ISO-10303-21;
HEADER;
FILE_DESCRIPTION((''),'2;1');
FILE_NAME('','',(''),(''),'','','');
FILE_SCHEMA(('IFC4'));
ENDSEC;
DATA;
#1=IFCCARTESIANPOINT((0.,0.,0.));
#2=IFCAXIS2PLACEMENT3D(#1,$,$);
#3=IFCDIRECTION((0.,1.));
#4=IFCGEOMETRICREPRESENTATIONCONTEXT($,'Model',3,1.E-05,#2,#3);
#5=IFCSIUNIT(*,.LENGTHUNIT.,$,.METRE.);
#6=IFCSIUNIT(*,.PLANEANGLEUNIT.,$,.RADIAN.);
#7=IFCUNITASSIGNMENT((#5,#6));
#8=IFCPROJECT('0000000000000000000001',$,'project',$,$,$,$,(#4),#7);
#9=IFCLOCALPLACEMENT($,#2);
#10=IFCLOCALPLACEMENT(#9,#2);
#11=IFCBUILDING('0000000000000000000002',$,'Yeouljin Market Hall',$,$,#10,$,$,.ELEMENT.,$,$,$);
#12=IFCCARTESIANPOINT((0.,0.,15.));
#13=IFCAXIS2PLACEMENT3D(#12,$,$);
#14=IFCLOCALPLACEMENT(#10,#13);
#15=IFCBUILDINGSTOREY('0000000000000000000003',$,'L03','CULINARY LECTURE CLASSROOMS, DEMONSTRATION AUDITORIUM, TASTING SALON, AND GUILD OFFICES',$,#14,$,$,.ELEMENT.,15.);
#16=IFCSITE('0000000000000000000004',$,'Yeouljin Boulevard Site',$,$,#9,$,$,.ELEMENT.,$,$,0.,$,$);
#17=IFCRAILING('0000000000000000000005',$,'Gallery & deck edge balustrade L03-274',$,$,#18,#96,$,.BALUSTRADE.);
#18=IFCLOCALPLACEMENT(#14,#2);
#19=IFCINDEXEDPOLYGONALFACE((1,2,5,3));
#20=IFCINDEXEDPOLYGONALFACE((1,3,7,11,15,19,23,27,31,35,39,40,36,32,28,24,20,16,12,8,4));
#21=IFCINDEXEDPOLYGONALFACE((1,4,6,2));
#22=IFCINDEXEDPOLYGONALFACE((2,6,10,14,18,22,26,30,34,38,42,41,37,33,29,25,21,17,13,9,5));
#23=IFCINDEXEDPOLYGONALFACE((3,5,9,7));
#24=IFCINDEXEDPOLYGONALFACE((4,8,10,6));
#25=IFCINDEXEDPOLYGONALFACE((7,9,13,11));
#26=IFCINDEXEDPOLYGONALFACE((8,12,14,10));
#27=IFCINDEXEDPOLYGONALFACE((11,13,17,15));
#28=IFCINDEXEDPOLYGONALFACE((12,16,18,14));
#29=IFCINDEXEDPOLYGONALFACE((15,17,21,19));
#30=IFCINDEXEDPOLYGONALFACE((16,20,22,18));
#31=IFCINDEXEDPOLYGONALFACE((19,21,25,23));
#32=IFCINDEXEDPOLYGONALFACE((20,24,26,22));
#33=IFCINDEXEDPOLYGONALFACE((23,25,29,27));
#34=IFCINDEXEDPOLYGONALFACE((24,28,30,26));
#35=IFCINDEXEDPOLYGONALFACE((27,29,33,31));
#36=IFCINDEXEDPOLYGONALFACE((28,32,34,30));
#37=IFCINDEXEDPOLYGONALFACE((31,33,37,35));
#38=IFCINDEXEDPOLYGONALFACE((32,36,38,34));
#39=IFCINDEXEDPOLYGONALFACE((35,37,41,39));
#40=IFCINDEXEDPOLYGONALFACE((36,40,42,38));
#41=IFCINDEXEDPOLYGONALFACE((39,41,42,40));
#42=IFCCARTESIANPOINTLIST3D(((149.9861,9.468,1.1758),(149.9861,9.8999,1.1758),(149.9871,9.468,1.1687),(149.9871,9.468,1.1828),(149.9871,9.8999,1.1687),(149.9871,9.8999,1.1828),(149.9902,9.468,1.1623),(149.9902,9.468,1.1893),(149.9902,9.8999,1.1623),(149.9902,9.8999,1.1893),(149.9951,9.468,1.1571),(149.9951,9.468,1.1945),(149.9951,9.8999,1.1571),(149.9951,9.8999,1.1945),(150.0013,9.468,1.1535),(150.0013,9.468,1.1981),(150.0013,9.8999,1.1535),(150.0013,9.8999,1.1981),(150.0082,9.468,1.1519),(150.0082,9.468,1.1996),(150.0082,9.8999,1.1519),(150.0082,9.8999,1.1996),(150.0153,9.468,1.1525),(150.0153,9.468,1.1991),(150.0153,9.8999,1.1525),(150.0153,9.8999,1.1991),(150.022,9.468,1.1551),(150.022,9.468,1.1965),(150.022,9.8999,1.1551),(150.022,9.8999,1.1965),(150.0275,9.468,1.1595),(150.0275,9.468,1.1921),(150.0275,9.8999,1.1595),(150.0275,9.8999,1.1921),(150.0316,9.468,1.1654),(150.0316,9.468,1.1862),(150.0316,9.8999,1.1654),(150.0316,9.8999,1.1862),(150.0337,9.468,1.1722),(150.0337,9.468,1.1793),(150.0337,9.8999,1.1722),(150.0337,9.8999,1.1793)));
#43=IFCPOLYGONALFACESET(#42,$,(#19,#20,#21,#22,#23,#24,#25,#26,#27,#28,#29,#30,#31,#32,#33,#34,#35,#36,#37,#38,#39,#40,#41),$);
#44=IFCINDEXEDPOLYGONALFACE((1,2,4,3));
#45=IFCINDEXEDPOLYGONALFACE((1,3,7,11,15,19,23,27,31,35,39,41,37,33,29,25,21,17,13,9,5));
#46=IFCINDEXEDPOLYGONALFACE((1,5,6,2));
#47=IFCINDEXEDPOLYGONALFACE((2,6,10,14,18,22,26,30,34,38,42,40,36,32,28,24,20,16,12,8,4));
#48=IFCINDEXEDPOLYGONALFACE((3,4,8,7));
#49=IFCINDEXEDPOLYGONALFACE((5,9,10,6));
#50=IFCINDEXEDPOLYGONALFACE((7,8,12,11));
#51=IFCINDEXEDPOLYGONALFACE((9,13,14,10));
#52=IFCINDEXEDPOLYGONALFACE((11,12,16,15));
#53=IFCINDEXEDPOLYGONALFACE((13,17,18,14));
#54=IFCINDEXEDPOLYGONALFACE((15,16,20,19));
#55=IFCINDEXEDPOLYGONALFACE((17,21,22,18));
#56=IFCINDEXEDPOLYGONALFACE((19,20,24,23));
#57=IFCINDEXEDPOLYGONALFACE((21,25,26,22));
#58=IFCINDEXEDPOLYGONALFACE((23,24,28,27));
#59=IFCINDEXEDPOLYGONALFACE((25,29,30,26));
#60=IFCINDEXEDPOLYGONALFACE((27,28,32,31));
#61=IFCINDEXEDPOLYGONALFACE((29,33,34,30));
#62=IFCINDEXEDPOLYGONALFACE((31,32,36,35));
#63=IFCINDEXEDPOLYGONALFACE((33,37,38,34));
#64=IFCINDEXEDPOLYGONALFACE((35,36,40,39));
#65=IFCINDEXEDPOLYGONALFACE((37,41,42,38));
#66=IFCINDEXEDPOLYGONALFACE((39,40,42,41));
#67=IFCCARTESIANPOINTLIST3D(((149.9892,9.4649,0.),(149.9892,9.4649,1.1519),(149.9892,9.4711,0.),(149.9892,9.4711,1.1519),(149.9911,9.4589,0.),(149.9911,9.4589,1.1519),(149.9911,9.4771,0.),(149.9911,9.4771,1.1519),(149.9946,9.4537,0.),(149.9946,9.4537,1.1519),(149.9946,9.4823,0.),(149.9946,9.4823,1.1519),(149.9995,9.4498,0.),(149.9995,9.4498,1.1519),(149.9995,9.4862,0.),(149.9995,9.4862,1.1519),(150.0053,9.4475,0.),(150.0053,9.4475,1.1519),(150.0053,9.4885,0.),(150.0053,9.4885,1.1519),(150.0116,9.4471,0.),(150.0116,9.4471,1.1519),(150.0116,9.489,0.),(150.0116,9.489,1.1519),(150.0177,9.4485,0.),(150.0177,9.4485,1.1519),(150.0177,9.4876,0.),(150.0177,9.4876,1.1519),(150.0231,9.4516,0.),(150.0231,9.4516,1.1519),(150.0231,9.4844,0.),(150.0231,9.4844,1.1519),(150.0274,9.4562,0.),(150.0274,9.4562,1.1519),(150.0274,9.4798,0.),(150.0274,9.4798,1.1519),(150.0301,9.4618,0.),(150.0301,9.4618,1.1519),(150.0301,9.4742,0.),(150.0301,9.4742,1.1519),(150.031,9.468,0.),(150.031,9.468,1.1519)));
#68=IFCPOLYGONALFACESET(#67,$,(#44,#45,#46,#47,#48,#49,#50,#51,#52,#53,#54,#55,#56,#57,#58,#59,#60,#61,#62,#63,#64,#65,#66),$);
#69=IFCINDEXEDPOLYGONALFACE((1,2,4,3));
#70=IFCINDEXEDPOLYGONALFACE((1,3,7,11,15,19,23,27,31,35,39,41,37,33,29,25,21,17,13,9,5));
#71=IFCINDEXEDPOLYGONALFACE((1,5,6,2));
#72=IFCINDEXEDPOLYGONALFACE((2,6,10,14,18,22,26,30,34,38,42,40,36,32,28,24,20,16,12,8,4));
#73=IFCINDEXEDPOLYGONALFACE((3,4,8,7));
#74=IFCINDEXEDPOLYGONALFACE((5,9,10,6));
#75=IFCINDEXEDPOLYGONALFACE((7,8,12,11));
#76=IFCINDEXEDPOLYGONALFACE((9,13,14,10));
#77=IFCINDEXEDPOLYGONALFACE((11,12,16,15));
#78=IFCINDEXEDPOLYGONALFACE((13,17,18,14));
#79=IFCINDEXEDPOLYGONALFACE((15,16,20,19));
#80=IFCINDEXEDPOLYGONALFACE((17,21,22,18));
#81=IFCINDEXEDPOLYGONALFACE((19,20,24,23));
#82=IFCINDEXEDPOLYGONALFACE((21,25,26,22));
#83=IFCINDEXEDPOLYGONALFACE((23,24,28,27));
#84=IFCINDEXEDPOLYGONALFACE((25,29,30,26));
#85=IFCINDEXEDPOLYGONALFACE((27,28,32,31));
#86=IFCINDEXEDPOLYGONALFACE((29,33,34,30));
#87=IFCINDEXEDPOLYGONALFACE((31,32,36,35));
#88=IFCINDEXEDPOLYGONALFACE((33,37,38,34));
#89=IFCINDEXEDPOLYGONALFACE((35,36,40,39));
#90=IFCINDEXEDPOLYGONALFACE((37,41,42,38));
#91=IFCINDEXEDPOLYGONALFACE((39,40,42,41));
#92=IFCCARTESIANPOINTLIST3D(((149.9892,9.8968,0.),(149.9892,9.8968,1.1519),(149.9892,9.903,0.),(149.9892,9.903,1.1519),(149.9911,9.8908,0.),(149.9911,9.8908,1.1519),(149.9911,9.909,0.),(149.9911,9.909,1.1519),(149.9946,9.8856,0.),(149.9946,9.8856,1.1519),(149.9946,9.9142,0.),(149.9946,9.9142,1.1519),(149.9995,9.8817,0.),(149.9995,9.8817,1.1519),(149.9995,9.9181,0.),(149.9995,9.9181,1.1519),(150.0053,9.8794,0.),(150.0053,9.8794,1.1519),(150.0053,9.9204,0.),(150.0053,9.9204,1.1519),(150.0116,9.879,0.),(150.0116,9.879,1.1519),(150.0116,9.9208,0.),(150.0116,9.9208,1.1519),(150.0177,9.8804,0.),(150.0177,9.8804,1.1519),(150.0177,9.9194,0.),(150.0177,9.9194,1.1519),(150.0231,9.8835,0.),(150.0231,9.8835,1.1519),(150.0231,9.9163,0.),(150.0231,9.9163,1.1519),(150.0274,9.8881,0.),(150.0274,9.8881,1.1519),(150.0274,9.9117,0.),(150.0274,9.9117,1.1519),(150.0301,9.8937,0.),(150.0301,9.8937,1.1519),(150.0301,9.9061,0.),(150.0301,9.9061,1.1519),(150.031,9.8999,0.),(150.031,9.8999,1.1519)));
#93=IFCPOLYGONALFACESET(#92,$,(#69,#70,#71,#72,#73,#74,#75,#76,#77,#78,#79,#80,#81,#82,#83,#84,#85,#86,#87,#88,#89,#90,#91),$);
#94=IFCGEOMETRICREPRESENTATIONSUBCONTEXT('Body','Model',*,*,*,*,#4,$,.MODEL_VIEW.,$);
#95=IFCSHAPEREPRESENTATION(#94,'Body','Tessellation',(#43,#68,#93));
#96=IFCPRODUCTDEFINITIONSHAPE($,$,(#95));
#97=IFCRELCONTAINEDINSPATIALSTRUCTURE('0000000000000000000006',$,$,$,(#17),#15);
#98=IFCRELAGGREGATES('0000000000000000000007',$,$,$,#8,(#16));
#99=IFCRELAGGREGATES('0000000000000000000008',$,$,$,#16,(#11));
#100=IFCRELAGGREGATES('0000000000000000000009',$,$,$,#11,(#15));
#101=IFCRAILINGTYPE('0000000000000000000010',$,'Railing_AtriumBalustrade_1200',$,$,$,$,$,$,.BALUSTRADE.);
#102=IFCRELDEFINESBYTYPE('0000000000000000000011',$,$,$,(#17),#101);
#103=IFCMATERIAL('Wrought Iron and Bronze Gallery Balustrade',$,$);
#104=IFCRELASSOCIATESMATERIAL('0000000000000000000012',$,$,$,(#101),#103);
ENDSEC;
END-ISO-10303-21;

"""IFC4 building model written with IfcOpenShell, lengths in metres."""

from ifc_helpers import new_model, si_unit, direction, frame, origin, origin_2d, place, context, subcontext, project, spatial, circle, extrude, material, type_object, element, save


model = new_model("IFC4")

# Units and contexts
model_context = context("Model", 3, precision=1e-05, world=origin(), true_north=direction((0.0, 1.0)))
body_context = subcontext(model_context, "Body", "Model", "MODEL_VIEW")
ifc_project = project(units=[si_unit("LENGTHUNIT", "METRE"), si_unit("PLANEANGLEUNIT", "RADIAN")], contexts=[model_context])

# Site, building, storey
site_placement = place(None, origin())
site = spatial("IfcSite", under=ifc_project, at=site_placement, Name="Yeouljin Boulevard Site", CompositionType="ELEMENT", RefElevation=0.0)
building_placement = place(site_placement, origin())
building = spatial("IfcBuilding", under=site, at=building_placement, Name="Yeouljin Market Hall", CompositionType="ELEMENT")
storey_placement = place(building_placement, frame((0.0, 0.0, 15.0)))
storey = spatial("IfcBuildingStorey", under=building, at=storey_placement, Name="L03", Description="CULINARY LECTURE CLASSROOMS, DEMONSTRATION AUDITORIUM, TASTING SALON, AND GUILD OFFICES", CompositionType="ELEMENT", Elevation=15.0)

# Railing
ifc_material_1 = material(Name="Wrought Iron and Bronze Gallery Balustrade")
railing_type = type_object("IfcRailingType", Name="Railing_AtriumBalustrade_1200", PredefinedType="BALUSTRADE", material=ifc_material_1)
railing_placement = place(storey_placement, frame((150.01, 9.468, 0.0)))
element("IfcRailing", 1, at=railing_placement, inside=storey, type_object=railing_type, Name="Gallery & deck edge balustrade L03-274", PredefinedType="BALUSTRADE", context=body_context, shape_type="SweptSolid", body=[
    extrude(circle(Radius=0.0239, at=origin_2d()), frame((0.0, 0.0, 1.1758), z_axis=(0.0, 1.0, 0.0), x_axis=(-1.0, 0.0, 0.0)), (0.0, 0.0, 1.0), 0.4319),
    extrude(circle(Radius=0.021, at=origin_2d()), origin(), (0.0, 0.0, 1.0), 1.1519),
    extrude(circle(Radius=0.021, at=origin_2d()), frame((0.0, 0.4319, 0.0)), (0.0, 0.0, 1.0), 1.1519),
])

save(model, "model.ifc")
